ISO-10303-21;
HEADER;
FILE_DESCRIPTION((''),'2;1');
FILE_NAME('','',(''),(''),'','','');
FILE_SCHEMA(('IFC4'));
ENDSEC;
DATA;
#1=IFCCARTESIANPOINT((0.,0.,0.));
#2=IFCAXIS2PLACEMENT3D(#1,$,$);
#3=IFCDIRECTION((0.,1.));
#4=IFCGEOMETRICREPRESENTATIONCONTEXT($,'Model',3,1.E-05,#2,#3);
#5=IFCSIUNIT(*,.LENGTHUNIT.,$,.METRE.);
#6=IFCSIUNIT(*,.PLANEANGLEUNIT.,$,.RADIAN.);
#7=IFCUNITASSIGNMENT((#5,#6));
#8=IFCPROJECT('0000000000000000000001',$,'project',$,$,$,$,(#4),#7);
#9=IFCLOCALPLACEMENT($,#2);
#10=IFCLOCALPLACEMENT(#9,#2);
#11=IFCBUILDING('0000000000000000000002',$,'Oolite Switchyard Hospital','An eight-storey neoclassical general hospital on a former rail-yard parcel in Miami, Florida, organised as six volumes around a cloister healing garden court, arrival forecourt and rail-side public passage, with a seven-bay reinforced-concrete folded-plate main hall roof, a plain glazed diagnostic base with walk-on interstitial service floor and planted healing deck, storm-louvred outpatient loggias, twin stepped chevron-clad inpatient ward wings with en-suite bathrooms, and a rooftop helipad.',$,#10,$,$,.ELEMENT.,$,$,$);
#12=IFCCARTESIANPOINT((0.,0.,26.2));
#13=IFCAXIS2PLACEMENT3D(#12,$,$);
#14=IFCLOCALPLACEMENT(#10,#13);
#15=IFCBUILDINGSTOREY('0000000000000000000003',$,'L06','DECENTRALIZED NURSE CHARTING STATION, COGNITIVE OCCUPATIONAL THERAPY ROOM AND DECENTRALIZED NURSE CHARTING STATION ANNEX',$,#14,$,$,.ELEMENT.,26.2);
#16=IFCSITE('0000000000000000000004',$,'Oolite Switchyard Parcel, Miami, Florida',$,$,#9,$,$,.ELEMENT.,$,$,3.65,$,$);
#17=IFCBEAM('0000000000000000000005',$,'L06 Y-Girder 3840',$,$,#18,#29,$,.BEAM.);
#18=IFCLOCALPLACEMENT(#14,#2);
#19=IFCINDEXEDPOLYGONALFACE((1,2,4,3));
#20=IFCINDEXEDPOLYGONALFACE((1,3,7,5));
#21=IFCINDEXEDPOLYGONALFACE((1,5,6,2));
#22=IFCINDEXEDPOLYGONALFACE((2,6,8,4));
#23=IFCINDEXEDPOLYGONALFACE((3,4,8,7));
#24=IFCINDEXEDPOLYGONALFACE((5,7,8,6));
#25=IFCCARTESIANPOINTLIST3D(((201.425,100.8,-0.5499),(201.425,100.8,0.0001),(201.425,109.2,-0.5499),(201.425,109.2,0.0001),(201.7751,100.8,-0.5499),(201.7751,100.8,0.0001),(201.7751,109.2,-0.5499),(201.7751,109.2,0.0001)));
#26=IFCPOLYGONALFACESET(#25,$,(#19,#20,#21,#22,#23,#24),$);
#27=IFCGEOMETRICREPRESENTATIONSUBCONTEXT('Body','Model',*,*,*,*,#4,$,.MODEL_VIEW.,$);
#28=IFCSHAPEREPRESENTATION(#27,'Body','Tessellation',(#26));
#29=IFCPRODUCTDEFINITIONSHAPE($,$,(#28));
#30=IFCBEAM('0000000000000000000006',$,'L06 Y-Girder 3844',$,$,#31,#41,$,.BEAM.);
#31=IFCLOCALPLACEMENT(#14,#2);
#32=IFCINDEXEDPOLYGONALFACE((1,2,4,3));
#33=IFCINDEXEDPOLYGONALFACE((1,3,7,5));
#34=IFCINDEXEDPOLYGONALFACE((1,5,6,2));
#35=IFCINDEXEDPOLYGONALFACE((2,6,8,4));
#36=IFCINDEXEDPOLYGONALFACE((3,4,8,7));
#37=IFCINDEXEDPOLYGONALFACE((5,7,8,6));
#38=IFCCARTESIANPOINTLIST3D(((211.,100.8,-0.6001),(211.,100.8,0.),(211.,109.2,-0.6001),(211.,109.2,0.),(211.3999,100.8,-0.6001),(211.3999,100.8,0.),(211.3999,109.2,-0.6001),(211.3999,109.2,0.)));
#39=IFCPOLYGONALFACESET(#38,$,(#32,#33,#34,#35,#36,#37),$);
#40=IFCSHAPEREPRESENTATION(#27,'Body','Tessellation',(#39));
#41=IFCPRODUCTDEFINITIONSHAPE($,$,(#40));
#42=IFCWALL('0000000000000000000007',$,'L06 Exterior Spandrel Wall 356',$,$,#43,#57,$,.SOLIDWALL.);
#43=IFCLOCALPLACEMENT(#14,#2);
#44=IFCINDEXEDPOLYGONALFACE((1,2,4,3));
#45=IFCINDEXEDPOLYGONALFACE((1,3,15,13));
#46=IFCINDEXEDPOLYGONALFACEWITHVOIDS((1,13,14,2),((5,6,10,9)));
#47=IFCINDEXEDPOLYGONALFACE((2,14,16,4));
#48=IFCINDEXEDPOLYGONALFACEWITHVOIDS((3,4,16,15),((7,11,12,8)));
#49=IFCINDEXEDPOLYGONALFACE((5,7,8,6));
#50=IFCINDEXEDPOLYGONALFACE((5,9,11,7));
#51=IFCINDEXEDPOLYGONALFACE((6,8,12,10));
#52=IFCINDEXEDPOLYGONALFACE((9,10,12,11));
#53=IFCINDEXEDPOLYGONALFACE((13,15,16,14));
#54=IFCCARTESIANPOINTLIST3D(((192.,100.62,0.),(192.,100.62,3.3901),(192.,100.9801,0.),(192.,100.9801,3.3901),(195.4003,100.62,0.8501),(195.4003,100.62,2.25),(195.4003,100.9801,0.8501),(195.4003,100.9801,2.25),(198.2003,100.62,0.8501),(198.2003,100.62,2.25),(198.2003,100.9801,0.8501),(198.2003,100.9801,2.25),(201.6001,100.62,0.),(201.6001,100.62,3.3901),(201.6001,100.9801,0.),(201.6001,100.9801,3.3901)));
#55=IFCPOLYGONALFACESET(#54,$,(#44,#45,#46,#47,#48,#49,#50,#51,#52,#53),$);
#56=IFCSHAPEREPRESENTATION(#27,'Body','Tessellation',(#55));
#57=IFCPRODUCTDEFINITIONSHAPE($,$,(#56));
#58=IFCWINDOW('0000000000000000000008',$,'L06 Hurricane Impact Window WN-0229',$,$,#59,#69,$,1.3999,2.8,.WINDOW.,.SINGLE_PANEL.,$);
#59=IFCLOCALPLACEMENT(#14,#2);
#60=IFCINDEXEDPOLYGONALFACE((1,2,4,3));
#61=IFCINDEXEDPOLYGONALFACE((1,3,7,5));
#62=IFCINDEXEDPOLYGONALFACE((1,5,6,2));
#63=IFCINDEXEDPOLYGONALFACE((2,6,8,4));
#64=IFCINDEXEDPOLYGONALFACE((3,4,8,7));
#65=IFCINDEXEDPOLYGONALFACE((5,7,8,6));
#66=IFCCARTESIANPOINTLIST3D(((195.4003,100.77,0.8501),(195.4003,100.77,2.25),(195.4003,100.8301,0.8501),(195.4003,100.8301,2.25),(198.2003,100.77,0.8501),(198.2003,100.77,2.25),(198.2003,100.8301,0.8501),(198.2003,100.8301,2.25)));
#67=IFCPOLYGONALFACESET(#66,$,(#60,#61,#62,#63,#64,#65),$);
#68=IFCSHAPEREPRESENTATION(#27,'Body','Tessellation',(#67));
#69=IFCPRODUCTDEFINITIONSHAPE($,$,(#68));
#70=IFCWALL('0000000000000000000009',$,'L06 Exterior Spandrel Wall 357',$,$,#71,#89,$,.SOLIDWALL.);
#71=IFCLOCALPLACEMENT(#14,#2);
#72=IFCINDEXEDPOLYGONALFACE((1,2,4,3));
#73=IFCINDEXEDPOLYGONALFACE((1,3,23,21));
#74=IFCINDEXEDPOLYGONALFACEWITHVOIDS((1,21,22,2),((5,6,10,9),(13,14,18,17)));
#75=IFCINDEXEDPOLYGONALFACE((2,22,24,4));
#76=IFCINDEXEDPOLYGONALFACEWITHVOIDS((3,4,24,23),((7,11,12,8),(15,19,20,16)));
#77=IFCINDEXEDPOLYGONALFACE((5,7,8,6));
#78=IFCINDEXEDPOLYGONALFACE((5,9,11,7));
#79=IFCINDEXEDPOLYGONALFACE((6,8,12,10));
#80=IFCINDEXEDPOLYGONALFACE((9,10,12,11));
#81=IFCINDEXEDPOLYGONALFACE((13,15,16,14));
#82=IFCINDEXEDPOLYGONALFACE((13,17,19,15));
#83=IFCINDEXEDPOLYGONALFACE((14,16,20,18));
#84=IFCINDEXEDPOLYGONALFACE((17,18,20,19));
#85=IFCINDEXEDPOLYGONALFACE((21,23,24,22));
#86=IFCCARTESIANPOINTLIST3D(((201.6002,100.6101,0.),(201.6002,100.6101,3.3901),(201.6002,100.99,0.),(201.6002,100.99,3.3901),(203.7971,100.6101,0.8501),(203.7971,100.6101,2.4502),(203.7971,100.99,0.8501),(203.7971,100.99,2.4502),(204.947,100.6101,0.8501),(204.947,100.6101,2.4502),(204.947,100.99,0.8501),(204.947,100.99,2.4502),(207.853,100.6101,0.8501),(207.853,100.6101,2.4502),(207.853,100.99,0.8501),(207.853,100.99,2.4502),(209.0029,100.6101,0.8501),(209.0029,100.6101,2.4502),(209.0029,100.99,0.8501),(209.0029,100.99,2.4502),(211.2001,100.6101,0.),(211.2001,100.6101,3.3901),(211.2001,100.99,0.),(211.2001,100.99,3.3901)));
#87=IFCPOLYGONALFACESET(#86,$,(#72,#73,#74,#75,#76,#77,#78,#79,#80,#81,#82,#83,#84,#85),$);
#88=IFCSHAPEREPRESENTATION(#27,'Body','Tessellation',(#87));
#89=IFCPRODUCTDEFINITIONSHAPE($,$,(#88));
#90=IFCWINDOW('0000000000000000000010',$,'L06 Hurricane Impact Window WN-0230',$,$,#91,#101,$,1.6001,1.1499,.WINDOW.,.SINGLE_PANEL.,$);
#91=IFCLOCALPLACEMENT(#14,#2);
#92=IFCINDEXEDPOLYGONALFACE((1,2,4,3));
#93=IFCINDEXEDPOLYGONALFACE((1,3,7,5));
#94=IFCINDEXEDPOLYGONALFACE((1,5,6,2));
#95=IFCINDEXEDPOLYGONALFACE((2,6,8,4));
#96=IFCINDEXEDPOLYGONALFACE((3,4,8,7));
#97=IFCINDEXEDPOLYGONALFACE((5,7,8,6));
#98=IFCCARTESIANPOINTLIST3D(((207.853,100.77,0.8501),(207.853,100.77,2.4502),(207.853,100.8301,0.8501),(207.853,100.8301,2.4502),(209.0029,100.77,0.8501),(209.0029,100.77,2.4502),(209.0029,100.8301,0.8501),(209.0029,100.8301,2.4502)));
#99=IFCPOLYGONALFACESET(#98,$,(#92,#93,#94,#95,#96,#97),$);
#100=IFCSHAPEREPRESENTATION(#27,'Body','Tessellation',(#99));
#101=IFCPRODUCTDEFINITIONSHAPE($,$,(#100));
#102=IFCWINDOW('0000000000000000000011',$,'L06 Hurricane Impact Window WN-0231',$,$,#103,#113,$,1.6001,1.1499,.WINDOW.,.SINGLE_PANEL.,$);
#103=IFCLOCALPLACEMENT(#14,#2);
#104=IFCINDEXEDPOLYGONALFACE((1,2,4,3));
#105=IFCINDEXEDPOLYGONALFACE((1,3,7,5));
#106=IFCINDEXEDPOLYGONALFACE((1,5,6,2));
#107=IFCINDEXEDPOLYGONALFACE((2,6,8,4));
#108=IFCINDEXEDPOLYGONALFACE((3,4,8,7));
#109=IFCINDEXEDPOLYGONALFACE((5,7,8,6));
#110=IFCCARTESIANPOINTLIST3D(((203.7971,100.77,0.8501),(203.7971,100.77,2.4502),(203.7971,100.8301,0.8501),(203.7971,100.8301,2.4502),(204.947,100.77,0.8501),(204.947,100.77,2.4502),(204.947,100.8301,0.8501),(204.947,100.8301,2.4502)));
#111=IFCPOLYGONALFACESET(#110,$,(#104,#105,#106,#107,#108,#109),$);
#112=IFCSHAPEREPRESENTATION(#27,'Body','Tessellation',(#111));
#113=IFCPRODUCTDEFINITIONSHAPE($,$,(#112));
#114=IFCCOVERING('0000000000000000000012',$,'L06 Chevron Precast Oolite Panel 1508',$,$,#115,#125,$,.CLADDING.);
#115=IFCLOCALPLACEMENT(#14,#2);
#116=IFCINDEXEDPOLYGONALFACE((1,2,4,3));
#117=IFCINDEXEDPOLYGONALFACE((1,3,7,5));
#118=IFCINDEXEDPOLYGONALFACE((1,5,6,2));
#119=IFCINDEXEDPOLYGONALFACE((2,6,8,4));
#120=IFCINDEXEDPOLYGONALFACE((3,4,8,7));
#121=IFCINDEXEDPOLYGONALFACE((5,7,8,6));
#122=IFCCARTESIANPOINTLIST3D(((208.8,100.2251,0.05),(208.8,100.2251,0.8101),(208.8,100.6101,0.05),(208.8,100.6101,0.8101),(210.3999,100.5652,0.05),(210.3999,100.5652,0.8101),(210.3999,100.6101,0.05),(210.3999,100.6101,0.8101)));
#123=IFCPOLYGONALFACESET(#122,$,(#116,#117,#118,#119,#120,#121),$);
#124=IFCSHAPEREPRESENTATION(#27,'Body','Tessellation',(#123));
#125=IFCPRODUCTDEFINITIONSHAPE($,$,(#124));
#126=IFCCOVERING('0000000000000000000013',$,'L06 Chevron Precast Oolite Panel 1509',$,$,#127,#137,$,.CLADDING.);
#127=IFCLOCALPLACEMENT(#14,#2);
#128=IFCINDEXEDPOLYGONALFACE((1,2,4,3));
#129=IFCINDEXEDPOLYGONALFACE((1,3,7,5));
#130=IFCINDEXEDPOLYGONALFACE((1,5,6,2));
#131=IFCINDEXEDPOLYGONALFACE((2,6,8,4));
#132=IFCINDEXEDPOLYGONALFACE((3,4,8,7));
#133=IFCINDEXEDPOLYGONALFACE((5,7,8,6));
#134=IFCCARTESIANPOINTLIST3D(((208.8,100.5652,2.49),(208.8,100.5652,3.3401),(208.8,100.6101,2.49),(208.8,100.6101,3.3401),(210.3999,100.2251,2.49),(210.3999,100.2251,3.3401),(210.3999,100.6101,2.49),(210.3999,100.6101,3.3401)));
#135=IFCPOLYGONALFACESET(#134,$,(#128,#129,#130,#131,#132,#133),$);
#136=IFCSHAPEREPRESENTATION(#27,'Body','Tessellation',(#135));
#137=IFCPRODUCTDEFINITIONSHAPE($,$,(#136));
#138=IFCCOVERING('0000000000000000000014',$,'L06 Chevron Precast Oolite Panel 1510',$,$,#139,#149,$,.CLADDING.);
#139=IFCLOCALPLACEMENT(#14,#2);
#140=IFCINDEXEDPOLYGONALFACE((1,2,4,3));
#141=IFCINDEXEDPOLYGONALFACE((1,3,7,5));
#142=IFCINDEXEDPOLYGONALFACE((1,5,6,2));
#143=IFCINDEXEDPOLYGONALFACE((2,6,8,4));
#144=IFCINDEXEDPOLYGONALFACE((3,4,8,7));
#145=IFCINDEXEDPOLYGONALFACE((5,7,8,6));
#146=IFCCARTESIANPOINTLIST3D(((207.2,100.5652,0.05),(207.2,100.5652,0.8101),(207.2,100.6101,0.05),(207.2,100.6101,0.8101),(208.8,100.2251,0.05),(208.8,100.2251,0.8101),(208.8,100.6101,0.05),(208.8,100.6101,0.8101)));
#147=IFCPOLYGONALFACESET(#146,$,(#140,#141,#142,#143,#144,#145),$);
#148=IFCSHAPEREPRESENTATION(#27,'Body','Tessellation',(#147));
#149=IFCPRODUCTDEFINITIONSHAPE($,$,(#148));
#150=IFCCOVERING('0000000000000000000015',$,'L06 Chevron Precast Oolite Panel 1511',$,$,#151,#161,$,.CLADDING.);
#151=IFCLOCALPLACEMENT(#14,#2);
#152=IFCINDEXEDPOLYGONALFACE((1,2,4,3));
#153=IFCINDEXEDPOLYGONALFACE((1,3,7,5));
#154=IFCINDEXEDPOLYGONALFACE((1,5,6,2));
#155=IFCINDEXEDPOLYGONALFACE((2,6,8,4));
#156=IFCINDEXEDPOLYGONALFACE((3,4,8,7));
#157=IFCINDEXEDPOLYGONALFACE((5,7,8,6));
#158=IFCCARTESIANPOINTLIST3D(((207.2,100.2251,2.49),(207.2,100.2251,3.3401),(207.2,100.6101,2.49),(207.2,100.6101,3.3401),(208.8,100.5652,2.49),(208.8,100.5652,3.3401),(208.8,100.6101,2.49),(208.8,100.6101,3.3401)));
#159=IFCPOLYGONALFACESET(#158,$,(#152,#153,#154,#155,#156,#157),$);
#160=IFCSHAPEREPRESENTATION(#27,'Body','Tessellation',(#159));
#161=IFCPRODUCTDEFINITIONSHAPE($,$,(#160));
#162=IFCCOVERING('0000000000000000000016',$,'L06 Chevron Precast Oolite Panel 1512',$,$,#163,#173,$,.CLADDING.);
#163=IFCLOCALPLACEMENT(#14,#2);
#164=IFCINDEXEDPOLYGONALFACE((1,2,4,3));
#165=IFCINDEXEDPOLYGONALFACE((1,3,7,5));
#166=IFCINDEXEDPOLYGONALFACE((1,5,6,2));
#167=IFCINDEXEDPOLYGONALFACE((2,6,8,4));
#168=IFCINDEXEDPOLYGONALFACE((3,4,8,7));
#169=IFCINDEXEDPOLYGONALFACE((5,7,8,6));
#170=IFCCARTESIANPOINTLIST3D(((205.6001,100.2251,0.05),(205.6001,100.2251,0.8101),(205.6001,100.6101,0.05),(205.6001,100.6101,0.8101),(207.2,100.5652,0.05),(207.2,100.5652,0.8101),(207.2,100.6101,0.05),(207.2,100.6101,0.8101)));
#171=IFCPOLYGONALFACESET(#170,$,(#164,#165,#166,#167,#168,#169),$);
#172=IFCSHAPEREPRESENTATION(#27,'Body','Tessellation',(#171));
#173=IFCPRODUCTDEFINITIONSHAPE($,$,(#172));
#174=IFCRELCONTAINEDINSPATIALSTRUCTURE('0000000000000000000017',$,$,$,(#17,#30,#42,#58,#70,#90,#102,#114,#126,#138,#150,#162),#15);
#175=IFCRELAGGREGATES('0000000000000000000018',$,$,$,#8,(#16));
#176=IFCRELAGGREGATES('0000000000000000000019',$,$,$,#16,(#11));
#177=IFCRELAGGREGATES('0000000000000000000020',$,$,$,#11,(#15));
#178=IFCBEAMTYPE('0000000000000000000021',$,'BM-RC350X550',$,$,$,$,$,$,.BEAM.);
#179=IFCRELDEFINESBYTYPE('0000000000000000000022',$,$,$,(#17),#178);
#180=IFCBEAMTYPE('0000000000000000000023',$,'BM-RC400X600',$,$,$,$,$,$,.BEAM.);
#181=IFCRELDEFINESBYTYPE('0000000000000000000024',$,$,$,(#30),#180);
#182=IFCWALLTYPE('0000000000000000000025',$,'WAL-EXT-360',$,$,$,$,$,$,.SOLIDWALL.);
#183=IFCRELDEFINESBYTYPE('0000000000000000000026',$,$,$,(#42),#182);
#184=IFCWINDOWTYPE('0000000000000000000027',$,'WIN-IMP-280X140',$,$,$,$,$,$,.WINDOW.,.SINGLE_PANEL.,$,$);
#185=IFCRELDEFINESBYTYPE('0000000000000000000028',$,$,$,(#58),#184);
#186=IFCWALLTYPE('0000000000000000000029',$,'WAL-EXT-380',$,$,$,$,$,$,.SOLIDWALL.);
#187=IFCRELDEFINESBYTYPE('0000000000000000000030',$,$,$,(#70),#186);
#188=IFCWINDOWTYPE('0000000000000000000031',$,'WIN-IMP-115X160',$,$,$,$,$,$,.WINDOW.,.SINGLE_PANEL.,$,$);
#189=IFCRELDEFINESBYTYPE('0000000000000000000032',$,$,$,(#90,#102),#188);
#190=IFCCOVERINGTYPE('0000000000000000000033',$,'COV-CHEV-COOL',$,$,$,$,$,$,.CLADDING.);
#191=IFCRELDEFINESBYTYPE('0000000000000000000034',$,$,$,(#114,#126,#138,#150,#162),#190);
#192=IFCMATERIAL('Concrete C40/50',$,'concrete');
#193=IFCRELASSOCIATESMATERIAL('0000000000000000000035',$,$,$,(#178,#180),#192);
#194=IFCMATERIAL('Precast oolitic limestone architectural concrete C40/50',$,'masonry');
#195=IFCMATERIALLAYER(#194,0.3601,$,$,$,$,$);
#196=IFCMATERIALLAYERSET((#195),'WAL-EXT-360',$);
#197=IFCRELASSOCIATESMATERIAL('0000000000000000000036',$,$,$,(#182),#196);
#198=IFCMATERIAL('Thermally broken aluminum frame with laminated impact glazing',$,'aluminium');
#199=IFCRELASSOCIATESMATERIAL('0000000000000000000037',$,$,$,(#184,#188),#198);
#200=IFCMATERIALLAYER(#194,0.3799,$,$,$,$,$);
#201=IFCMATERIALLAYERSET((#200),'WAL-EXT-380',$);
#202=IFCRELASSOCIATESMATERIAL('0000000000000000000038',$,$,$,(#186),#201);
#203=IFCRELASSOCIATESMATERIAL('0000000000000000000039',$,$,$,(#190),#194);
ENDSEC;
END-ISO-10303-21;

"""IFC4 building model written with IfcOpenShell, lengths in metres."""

from ifc_helpers import new_model, si_unit, direction, frame, frame_2d, origin, origin_2d, place, context, subcontext, project, spatial, polyline, rectangle, outline, extrude, material, layer, layer_set, material_profile, profile_set, type_object, element, fill, save


model = new_model("IFC4")

# Units and contexts
model_context = context("Model", 3, precision=1e-05, world=origin(), true_north=direction((0.0, 1.0)))
body_context = subcontext(model_context, "Body", "Model", "MODEL_VIEW")
ifc_project = project(units=[si_unit("LENGTHUNIT", "METRE"), si_unit("PLANEANGLEUNIT", "RADIAN")], contexts=[model_context])

# Site, building, storey
site_placement = place(None, origin())
site = spatial("IfcSite", under=ifc_project, at=site_placement, Name="Oolite Switchyard Parcel, Miami, Florida", CompositionType="ELEMENT", RefElevation=3.65)
building_placement = place(site_placement, origin())
building = spatial("IfcBuilding", under=site, at=building_placement, Name="Oolite Switchyard Hospital", Description="An eight-storey neoclassical general hospital on a former rail-yard parcel in Miami, Florida, organised as six volumes around a cloister healing garden court, arrival forecourt and rail-side public passage, with a seven-bay reinforced-concrete folded-plate main hall roof, a plain glazed diagnostic base with walk-on interstitial service floor and planted healing deck, storm-louvred outpatient loggias, twin stepped chevron-clad inpatient ward wings with en-suite bathrooms, and a rooftop helipad.", CompositionType="ELEMENT")
storey_placement = place(building_placement, frame((0.0, 0.0, 26.2)))
storey = spatial("IfcBuildingStorey", under=building, at=storey_placement, Name="L06", Description="DECENTRALIZED NURSE CHARTING STATION, COGNITIVE OCCUPATIONAL THERAPY ROOM AND DECENTRALIZED NURSE CHARTING STATION ANNEX", CompositionType="ELEMENT", Elevation=26.2)

# Beams
ifc_material_1 = material(Name="Concrete C40/50", Category="concrete")
ifc_material_profile_1 = material_profile(ifc_material_1, rectangle(XDim=0.3501, YDim=0.55, at=origin_2d()), Name="RCB350X550")
ifc_profile_set_1 = profile_set([ifc_material_profile_1], Name="Concrete C40/50")
beam_type_1 = type_object("IfcBeamType", Name="BM-RC350X550", PredefinedType="BEAM", material=ifc_profile_set_1)
beam_1_placement = place(storey_placement, frame((201.6001, 100.8, -0.2749), z_axis=(0.0, 1.0, 0.0), x_axis=(-1.0, 0.0, 0.0)))
element("IfcBeam", 1, at=beam_1_placement, inside=storey, type_object=beam_type_1, Name="L06 Y-Girder 3840", PredefinedType="BEAM", context=body_context, shape_type="SweptSolid", body=[
    extrude(rectangle(XDim=0.3501, YDim=0.55, at=origin_2d()), origin(), (0.0, 0.0, 1.0), 8.3999),
])
ifc_material_profile_2 = material_profile(ifc_material_1, rectangle(XDim=0.3999, YDim=0.6001, at=origin_2d()), Name="RCB400X600")
ifc_profile_set_2 = profile_set([ifc_material_profile_2], Name="Concrete C40/50")
beam_type_2 = type_object("IfcBeamType", Name="BM-RC400X600", PredefinedType="BEAM", material=ifc_profile_set_2)
beam_2_placement = place(storey_placement, frame((211.2, 100.8, -0.3), z_axis=(0.0, 1.0, 0.0), x_axis=(-1.0, 0.0, 0.0)))
element("IfcBeam", 2, at=beam_2_placement, inside=storey, type_object=beam_type_2, Name="L06 Y-Girder 3844", PredefinedType="BEAM", context=body_context, shape_type="SweptSolid", body=[
    extrude(rectangle(XDim=0.3999, YDim=0.6001, at=origin_2d()), origin(), (0.0, 0.0, 1.0), 8.3999),
])

# Wall, opening, window
ifc_material_2 = material(Name="Precast oolitic limestone architectural concrete C40/50", Category="masonry")
ifc_layer_1 = layer(ifc_material_2, 0.3601)
ifc_layer_set_1 = layer_set([ifc_layer_1], Name="WAL-EXT-360")
wall_type_1 = type_object("IfcWallType", Name="WAL-EXT-360", PredefinedType="SOLIDWALL", material=ifc_layer_set_1)
wall_1_placement = place(storey_placement, frame((201.6001, 100.8, 0.0), z_axis=(0.0, 0.0, 1.0), x_axis=(-1.0, 0.0, 0.0)))
wall_1 = element("IfcWall", 3, at=wall_1_placement, inside=storey, type_object=wall_type_1, Name="L06 Exterior Spandrel Wall 356", PredefinedType="SOLIDWALL", context=body_context, shape_type="SweptSolid", body=[
    extrude(rectangle(XDim=9.6001, YDim=0.3601, at=frame_2d((4.8, 0.0))), origin(), (0.0, 0.0, 1.0), 3.3901),
])
opening_1_placement = place(wall_1_placement, frame((3.3999, 0.0, 0.8501)))
opening_1 = element("IfcOpeningElement", 4, at=opening_1_placement, cuts=wall_1, PredefinedType="OPENING", context=body_context, shape_type="SweptSolid", body=[
    extrude(rectangle(XDim=2.8, YDim=1.3999, at=frame_2d((1.3999, 0.7))), frame((0.0, 0.1899, 0.0), z_axis=(0.0, -1.0, 0.0), x_axis=(1.0, 0.0, 0.0)), (0.0, 0.0, 1.0), 0.3801),
])
ifc_material_3 = material(Name="Thermally broken aluminum frame with laminated impact glazing", Category="aluminium")
window_type_1 = type_object("IfcWindowType", Name="WIN-IMP-280X140", PartitioningType="SINGLE_PANEL", PredefinedType="WINDOW", material=ifc_material_3)
window_1_placement = place(opening_1_placement, origin())
window_1 = element("IfcWindow", 5, at=window_1_placement, inside=storey, type_object=window_type_1, Name="L06 Hurricane Impact Window WN-0229", OverallHeight=1.3999, OverallWidth=2.8, PartitioningType="SINGLE_PANEL", PredefinedType="WINDOW", context=body_context, shape_type="SweptSolid", body=[
    extrude(rectangle(XDim=2.8, YDim=1.3999, at=frame_2d((1.3999, 0.7))), frame((0.0, 0.03, 0.0), z_axis=(0.0, -1.0, 0.0), x_axis=(1.0, 0.0, 0.0)), (0.0, 0.0, 1.0), 0.0601),
])
fill(opening_1, window_1)

# Wall, openings, windows
ifc_layer_2 = layer(ifc_material_2, 0.3799)
ifc_layer_set_2 = layer_set([ifc_layer_2], Name="WAL-EXT-380")
wall_type_2 = type_object("IfcWallType", Name="WAL-EXT-380", PredefinedType="SOLIDWALL", material=ifc_layer_set_2)
wall_2_placement = place(storey_placement, frame((211.2, 100.8, 0.0), z_axis=(0.0, 0.0, 1.0), x_axis=(-1.0, 0.0, 0.0)))
wall_2 = element("IfcWall", 6, at=wall_2_placement, inside=storey, type_object=wall_type_2, Name="L06 Exterior Spandrel Wall 357", PredefinedType="SOLIDWALL", context=body_context, shape_type="SweptSolid", body=[
    extrude(rectangle(XDim=9.5999, YDim=0.3799, at=frame_2d((4.7998, 0.0))), origin(), (0.0, 0.0, 1.0), 3.3901),
])
opening_2_placement = place(wall_2_placement, frame((2.197, 0.0, 0.8501)))
opening_2 = element("IfcOpeningElement", 7, at=opening_2_placement, cuts=wall_2, PredefinedType="OPENING", context=body_context, shape_type="SweptSolid", body=[
    extrude(rectangle(XDim=1.1499, YDim=1.6001, at=frame_2d((0.575, 0.8))), frame((0.0, 0.2, 0.0), z_axis=(0.0, -1.0, 0.0), x_axis=(1.0, 0.0, 0.0)), (0.0, 0.0, 1.0), 0.3999),
])
opening_3_placement = place(wall_2_placement, frame((6.2529, 0.0, 0.8501)))
opening_3 = element("IfcOpeningElement", 8, at=opening_3_placement, cuts=wall_2, PredefinedType="OPENING", context=body_context, shape_type="SweptSolid", body=[
    extrude(rectangle(XDim=1.1499, YDim=1.6001, at=frame_2d((0.575, 0.8))), frame((0.0, 0.2, 0.0), z_axis=(0.0, -1.0, 0.0), x_axis=(1.0, 0.0, 0.0)), (0.0, 0.0, 1.0), 0.3999),
])
window_type_2 = type_object("IfcWindowType", Name="WIN-IMP-115X160", PartitioningType="SINGLE_PANEL", PredefinedType="WINDOW", material=ifc_material_3)
window_2_placement = place(opening_2_placement, origin())
window_2 = element("IfcWindow", 9, at=window_2_placement, inside=storey, type_object=window_type_2, Name="L06 Hurricane Impact Window WN-0230", OverallHeight=1.6001, OverallWidth=1.1499, PartitioningType="SINGLE_PANEL", PredefinedType="WINDOW", context=body_context, shape_type="SweptSolid", body=[
    extrude(rectangle(XDim=1.1499, YDim=1.6001, at=frame_2d((0.575, 0.8))), frame((0.0, 0.03, 0.0), z_axis=(0.0, -1.0, 0.0), x_axis=(1.0, 0.0, 0.0)), (0.0, 0.0, 1.0), 0.0601),
])
fill(opening_2, window_2)
window_3_placement = place(opening_3_placement, origin())
window_3 = element("IfcWindow", 10, at=window_3_placement, inside=storey, type_object=window_type_2, Name="L06 Hurricane Impact Window WN-0231", OverallHeight=1.6001, OverallWidth=1.1499, PartitioningType="SINGLE_PANEL", PredefinedType="WINDOW", context=body_context, shape_type="SweptSolid", body=[
    extrude(rectangle(XDim=1.1499, YDim=1.6001, at=frame_2d((0.575, 0.8))), frame((0.0, 0.03, 0.0), z_axis=(0.0, -1.0, 0.0), x_axis=(1.0, 0.0, 0.0)), (0.0, 0.0, 1.0), 0.0601),
])
fill(opening_3, window_3)

# Coverings
covering_type = type_object("IfcCoveringType", Name="COV-CHEV-COOL", PredefinedType="CLADDING", material=ifc_material_2)
covering_1_placement = place(storey_placement, frame((210.3999, 100.6101, 0.05), z_axis=(0.0, 0.0, 1.0), x_axis=(-1.0, 0.0, 0.0)))
element("IfcCovering", 11, at=covering_1_placement, inside=storey, type_object=covering_type, Name="L06 Chevron Precast Oolite Panel 1508", PredefinedType="CLADDING", context=body_context, shape_type="SweptSolid", body=[
    extrude(outline(polyline([(0.0, 0.0), (1.5999, 0.0), (1.5999, 0.385), (0.0, 0.0449), (0.0, 0.0)])), origin(), (0.0, 0.0, 1.0), 0.76),
])
covering_2_placement = place(storey_placement, frame((210.3999, 100.6101, 2.49), z_axis=(0.0, 0.0, 1.0), x_axis=(-1.0, 0.0, 0.0)))
element("IfcCovering", 12, at=covering_2_placement, inside=storey, type_object=covering_type, Name="L06 Chevron Precast Oolite Panel 1509", PredefinedType="CLADDING", context=body_context, shape_type="SweptSolid", body=[
    extrude(outline(polyline([(0.0, 0.0), (1.5999, 0.0), (1.5999, 0.0449), (0.0, 0.385), (0.0, 0.0)])), origin(), (0.0, 0.0, 1.0), 0.8501),
])
covering_3_placement = place(storey_placement, frame((208.8, 100.6101, 0.05), z_axis=(0.0, 0.0, 1.0), x_axis=(-1.0, 0.0, 0.0)))
element("IfcCovering", 13, at=covering_3_placement, inside=storey, type_object=covering_type, Name="L06 Chevron Precast Oolite Panel 1510", PredefinedType="CLADDING", context=body_context, shape_type="SweptSolid", body=[
    extrude(outline(polyline([(0.0, 0.0), (1.6001, 0.0), (1.6001, 0.0449), (0.0, 0.385), (0.0, 0.0)])), origin(), (0.0, 0.0, 1.0), 0.76),
])
covering_4_placement = place(storey_placement, frame((208.8, 100.6101, 2.49), z_axis=(0.0, 0.0, 1.0), x_axis=(-1.0, 0.0, 0.0)))
element("IfcCovering", 14, at=covering_4_placement, inside=storey, type_object=covering_type, Name="L06 Chevron Precast Oolite Panel 1511", PredefinedType="CLADDING", context=body_context, shape_type="SweptSolid", body=[
    extrude(outline(polyline([(0.0, 0.0), (1.6001, 0.0), (1.6001, 0.385), (0.0, 0.0449), (0.0, 0.0)])), origin(), (0.0, 0.0, 1.0), 0.8501),
])
covering_5_placement = place(storey_placement, frame((207.2, 100.6101, 0.05), z_axis=(0.0, 0.0, 1.0), x_axis=(-1.0, 0.0, 0.0)))
element("IfcCovering", 15, at=covering_5_placement, inside=storey, type_object=covering_type, Name="L06 Chevron Precast Oolite Panel 1512", PredefinedType="CLADDING", context=body_context, shape_type="SweptSolid", body=[
    extrude(outline(polyline([(0.0, 0.0), (1.5999, 0.0), (1.5999, 0.385), (0.0, 0.0449), (0.0, 0.0)])), origin(), (0.0, 0.0, 1.0), 0.76),
])

save(model, "model.ifc")
